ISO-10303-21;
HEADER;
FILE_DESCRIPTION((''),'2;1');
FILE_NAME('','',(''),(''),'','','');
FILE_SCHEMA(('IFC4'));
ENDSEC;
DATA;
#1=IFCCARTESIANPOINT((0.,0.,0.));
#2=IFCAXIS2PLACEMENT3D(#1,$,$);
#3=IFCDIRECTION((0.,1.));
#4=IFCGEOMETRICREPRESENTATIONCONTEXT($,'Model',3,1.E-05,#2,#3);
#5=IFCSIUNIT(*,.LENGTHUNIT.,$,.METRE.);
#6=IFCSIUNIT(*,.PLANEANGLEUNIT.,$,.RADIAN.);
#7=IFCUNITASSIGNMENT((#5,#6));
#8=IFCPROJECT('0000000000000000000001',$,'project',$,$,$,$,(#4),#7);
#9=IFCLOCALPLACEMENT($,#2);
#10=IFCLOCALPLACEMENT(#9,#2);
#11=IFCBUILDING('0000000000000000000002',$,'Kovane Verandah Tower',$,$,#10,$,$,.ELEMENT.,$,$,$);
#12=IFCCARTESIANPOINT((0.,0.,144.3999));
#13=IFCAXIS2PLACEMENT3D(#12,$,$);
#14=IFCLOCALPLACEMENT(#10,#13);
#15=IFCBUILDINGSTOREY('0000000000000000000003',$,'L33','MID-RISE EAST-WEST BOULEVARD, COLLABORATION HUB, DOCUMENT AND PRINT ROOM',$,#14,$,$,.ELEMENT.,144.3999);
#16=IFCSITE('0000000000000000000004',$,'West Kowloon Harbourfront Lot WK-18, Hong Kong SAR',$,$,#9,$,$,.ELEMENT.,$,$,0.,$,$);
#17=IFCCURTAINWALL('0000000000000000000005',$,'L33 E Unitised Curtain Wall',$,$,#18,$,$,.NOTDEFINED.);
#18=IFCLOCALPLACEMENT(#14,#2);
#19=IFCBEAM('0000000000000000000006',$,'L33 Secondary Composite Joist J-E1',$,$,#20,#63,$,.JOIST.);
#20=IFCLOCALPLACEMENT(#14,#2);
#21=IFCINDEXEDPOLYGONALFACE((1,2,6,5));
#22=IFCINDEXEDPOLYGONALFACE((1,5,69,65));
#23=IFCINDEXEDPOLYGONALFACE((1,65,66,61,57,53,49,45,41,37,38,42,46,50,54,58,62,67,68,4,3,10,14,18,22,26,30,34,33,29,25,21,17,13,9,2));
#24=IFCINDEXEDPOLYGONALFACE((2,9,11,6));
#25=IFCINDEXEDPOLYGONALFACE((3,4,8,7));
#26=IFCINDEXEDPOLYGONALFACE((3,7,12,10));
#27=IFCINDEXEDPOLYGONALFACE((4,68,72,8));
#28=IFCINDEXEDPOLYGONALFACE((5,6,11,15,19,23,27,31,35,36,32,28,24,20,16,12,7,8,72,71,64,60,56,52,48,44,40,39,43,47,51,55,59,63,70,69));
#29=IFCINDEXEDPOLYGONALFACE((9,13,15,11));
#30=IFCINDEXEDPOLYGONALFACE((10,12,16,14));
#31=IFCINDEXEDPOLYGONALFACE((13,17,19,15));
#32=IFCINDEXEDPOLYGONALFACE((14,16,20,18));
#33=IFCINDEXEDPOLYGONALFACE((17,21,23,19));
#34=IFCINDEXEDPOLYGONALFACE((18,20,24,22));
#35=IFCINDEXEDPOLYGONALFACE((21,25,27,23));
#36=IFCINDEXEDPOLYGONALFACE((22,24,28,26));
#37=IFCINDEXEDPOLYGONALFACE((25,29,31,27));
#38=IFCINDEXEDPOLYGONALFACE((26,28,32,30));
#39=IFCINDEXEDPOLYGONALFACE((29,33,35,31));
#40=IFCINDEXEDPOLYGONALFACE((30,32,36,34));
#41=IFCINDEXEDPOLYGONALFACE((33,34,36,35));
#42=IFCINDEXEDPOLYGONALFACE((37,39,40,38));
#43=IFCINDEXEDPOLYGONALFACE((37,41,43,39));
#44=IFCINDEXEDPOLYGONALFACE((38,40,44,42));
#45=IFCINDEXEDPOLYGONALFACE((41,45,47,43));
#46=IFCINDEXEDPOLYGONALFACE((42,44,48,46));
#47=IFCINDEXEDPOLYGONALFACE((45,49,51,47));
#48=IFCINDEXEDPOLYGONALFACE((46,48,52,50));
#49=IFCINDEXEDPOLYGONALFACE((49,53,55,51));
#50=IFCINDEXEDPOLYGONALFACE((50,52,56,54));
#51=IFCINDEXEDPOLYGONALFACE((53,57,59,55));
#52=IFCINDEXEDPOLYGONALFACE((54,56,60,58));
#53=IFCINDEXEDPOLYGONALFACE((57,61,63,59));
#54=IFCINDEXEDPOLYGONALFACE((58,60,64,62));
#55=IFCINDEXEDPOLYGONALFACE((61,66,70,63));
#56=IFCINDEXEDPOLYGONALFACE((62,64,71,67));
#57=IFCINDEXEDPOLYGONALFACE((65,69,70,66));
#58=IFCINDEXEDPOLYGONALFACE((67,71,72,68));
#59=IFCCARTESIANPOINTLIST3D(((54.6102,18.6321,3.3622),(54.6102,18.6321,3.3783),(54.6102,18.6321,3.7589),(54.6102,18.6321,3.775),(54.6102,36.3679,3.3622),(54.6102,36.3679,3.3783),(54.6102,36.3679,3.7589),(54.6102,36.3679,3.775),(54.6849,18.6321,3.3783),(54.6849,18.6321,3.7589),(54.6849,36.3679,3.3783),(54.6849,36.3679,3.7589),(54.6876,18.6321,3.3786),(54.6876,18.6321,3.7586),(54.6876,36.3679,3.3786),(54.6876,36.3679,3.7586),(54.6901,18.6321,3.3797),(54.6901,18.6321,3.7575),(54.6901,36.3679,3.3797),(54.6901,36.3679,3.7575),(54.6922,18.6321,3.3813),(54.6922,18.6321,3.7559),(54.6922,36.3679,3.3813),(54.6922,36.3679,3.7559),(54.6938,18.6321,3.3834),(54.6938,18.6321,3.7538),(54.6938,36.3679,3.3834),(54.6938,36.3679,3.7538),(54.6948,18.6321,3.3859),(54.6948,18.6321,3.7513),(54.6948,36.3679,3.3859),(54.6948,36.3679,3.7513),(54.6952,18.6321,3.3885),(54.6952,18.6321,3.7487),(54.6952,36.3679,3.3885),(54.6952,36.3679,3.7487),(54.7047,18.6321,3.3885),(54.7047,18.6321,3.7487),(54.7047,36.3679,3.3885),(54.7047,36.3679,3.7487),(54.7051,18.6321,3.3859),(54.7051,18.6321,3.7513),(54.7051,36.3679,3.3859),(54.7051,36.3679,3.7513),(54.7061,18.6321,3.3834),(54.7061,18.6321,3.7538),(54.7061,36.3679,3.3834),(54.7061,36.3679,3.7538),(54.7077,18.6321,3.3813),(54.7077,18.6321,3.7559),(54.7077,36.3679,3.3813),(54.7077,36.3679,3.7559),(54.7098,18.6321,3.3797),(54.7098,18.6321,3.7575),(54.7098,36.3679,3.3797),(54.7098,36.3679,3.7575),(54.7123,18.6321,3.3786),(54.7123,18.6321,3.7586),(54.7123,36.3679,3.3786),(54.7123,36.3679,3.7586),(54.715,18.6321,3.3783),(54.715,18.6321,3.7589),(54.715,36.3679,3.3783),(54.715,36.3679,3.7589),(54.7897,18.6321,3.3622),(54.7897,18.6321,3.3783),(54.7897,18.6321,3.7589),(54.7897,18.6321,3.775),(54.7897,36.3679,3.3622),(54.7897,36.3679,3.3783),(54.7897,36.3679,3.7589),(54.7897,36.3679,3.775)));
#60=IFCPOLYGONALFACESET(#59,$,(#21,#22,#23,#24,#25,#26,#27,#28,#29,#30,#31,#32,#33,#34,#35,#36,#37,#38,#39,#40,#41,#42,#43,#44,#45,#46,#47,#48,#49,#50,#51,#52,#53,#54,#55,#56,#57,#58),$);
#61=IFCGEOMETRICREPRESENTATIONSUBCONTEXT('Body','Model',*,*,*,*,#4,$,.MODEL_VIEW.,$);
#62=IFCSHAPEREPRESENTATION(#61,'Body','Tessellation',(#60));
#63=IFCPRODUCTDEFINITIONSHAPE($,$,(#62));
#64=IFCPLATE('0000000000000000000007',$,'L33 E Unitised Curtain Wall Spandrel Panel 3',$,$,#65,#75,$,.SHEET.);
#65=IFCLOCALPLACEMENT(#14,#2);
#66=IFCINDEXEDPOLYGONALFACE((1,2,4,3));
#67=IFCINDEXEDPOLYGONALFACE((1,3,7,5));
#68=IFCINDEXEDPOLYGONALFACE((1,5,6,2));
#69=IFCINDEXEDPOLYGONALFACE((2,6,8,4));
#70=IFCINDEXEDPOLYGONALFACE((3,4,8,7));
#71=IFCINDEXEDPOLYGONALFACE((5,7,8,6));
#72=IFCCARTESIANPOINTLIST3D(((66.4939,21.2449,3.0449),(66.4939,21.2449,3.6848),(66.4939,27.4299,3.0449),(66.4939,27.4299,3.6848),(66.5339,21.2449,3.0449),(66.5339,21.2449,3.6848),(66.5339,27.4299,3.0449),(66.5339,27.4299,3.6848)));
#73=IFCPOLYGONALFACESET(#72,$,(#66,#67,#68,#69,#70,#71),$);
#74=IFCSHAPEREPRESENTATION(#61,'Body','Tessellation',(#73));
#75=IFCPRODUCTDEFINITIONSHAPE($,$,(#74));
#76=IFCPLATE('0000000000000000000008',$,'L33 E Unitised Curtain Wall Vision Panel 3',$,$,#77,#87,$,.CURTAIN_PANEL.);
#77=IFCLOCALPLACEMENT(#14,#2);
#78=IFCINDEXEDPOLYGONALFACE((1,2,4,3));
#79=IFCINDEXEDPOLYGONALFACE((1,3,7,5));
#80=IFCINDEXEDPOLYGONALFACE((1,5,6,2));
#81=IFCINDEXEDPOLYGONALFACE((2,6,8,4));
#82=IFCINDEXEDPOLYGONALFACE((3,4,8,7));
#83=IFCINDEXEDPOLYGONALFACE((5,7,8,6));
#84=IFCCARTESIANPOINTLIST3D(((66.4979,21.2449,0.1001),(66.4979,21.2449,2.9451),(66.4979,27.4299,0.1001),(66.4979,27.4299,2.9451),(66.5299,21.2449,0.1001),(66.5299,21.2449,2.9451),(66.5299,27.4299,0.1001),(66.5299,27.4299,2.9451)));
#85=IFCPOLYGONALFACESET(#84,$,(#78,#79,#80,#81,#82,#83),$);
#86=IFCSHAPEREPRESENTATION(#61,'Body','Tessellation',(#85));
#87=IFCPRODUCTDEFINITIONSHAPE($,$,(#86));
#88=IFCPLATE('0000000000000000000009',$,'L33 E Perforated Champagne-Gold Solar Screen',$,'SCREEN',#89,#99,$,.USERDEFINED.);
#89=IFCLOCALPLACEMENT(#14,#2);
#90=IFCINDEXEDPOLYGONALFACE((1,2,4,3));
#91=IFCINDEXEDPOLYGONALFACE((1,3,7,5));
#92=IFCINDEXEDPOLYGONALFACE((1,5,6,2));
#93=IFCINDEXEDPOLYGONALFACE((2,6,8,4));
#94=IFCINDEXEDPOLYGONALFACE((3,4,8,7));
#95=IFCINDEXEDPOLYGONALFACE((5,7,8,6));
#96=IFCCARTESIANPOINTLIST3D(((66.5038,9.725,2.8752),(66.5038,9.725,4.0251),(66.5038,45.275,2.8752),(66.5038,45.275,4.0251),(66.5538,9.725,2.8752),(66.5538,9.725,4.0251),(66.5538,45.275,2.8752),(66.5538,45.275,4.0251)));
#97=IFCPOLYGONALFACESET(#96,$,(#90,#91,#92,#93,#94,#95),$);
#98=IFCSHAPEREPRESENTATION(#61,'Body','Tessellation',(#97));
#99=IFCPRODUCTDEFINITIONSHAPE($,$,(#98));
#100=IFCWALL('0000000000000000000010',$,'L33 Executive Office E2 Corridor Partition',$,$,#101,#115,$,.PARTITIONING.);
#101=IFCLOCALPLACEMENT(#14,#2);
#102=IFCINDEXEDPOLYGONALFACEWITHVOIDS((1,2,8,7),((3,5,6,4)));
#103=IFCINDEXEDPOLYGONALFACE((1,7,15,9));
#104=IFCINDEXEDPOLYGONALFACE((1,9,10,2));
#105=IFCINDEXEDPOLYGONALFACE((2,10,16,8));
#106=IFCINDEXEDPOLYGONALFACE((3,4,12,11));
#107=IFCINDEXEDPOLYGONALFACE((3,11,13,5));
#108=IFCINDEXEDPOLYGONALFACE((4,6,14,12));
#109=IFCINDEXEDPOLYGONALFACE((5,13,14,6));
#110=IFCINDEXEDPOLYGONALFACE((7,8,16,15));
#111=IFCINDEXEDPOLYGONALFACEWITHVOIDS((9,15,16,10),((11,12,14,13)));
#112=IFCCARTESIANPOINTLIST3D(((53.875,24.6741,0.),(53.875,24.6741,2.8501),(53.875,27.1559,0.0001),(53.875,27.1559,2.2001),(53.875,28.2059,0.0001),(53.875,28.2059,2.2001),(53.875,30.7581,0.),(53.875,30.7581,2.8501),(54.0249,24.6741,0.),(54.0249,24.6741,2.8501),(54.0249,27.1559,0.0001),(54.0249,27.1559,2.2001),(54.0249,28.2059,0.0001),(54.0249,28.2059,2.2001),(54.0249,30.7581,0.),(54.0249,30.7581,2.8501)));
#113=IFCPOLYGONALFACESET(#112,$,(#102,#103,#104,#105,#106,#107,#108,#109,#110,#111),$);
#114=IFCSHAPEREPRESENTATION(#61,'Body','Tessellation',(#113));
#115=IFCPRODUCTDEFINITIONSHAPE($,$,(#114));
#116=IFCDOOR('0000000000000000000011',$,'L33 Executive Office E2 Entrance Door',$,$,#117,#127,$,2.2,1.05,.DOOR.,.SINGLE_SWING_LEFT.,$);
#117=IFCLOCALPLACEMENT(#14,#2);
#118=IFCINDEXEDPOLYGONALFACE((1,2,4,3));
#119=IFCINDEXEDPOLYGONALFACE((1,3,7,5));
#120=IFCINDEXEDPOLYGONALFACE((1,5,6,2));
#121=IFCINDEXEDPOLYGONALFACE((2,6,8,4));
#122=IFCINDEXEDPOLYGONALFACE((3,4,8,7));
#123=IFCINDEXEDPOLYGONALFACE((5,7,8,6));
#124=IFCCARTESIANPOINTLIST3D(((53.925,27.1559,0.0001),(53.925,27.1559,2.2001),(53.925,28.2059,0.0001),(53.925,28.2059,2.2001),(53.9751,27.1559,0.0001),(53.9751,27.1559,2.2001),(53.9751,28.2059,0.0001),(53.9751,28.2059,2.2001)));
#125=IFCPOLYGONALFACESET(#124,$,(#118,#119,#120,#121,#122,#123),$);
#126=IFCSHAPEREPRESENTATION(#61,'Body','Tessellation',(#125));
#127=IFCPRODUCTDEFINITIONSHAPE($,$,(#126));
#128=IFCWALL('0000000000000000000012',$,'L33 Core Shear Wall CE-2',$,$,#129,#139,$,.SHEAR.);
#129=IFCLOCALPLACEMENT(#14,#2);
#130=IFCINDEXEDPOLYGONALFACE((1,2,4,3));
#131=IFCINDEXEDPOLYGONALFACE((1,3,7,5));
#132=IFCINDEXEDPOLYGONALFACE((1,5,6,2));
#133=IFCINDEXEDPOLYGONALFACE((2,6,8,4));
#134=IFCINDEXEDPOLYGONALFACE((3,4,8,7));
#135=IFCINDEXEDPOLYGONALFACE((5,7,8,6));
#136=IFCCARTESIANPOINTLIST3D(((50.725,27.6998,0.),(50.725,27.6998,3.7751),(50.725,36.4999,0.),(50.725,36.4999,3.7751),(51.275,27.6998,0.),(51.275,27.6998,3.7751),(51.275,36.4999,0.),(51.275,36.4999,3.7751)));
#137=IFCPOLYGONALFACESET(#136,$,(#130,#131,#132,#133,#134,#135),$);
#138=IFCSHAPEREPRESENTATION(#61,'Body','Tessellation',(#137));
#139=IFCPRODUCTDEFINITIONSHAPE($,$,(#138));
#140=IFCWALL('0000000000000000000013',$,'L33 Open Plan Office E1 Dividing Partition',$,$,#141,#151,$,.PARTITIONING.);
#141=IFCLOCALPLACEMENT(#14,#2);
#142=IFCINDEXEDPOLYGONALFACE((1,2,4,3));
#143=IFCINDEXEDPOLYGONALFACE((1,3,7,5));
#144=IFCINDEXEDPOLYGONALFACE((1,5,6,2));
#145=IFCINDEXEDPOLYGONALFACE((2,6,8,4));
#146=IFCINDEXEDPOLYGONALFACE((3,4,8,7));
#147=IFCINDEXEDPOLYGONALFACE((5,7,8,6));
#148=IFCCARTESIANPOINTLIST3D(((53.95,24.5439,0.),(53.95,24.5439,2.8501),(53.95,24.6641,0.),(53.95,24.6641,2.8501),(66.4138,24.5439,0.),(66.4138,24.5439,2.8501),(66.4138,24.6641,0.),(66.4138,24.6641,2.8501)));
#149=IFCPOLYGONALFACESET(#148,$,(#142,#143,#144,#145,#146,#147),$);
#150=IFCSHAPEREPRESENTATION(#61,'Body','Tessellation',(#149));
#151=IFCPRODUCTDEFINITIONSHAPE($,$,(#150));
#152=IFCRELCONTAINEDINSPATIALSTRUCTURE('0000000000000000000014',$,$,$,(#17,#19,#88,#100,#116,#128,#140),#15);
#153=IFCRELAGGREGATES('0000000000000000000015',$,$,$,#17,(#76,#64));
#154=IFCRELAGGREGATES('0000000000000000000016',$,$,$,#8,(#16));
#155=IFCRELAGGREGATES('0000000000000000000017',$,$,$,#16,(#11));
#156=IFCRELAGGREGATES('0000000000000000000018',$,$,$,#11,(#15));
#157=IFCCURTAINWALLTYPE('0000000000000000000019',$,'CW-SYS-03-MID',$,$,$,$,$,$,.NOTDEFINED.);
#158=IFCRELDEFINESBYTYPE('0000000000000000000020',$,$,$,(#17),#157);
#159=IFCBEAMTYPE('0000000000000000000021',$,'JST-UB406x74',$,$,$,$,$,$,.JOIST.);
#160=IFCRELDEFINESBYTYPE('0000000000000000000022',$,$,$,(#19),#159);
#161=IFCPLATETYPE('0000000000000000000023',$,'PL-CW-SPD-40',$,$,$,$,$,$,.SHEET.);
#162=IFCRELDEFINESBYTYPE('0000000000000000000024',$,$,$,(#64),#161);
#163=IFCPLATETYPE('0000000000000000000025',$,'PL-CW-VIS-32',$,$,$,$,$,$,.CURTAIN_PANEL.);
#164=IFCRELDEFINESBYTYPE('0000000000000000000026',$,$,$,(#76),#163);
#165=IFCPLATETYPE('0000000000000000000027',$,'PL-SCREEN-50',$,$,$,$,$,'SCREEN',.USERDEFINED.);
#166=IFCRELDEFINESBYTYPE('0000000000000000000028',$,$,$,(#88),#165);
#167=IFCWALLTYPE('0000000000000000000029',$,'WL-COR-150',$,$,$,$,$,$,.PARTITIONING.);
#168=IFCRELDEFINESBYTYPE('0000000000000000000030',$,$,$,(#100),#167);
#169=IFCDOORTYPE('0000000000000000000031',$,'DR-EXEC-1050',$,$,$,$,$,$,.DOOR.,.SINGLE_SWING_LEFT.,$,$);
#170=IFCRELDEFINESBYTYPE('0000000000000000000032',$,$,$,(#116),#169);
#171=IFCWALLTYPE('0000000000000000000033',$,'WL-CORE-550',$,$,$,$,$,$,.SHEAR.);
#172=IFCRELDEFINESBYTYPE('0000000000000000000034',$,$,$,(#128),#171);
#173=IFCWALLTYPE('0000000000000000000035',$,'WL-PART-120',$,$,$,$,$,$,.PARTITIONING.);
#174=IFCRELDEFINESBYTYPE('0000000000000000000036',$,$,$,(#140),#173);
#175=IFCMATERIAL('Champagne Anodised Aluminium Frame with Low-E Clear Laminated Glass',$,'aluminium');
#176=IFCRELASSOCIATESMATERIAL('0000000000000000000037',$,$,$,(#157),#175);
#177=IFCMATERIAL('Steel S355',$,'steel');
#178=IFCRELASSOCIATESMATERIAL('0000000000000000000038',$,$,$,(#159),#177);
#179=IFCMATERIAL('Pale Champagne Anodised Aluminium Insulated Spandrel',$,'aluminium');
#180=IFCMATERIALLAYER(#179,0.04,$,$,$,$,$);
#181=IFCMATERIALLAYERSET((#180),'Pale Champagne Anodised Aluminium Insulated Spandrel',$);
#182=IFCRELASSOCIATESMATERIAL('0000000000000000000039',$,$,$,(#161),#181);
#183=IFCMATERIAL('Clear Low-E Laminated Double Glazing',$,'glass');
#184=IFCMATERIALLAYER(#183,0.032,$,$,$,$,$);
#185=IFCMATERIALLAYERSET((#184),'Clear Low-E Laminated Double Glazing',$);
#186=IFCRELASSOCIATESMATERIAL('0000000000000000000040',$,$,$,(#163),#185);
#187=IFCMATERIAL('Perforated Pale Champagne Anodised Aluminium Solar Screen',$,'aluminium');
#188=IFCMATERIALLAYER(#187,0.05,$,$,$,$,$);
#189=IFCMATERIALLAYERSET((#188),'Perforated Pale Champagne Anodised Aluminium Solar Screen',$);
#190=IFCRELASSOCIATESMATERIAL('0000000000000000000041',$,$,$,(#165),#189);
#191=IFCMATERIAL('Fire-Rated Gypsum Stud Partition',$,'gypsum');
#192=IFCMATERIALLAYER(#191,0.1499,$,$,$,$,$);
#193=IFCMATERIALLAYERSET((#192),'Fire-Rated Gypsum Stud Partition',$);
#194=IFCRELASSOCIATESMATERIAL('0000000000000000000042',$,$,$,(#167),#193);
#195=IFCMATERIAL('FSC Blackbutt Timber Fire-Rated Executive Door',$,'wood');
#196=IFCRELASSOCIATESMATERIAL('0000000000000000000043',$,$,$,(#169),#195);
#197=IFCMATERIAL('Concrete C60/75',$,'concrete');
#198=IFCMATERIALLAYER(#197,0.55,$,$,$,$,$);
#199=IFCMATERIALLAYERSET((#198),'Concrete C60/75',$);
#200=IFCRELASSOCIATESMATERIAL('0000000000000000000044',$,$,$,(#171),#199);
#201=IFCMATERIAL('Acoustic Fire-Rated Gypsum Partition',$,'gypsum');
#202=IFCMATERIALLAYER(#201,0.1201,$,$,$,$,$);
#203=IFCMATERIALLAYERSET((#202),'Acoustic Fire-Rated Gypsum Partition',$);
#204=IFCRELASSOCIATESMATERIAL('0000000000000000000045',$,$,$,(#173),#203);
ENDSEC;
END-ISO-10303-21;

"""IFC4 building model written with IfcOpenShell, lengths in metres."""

from ifc_helpers import new_model, si_unit, direction, frame, frame_2d, origin, origin_2d, place, context, subcontext, project, spatial, rectangle, i_section, extrude, material, layer, layer_set, material_profile, profile_set, type_object, element, fill, aggregate, save


model = new_model("IFC4")

# Units and contexts
model_context = context("Model", 3, precision=1e-05, world=origin(), true_north=direction((0.0, 1.0)))
body_context = subcontext(model_context, "Body", "Model", "MODEL_VIEW")
ifc_project = project(units=[si_unit("LENGTHUNIT", "METRE"), si_unit("PLANEANGLEUNIT", "RADIAN")], contexts=[model_context])

# Site, building, storey
site_placement = place(None, origin())
site = spatial("IfcSite", under=ifc_project, at=site_placement, Name="West Kowloon Harbourfront Lot WK-18, Hong Kong SAR", CompositionType="ELEMENT", RefElevation=0.0)
building_placement = place(site_placement, origin())
building = spatial("IfcBuilding", under=site, at=building_placement, Name="Kovane Verandah Tower", CompositionType="ELEMENT")
storey_placement = place(building_placement, frame((0.0, 0.0, 144.3999)))
storey = spatial("IfcBuildingStorey", under=building, at=storey_placement, Name="L33", Description="MID-RISE EAST-WEST BOULEVARD, COLLABORATION HUB, DOCUMENT AND PRINT ROOM", CompositionType="ELEMENT", Elevation=144.3999)

# Shared definitions
ifc_material_1 = material(Name="Steel S355", Category="steel")

# Curtain wall
ifc_material_2 = material(Name="Champagne Anodised Aluminium Frame with Low-E Clear Laminated Glass", Category="aluminium")
curtain_wall_type = type_object("IfcCurtainWallType", Name="CW-SYS-03-MID", PredefinedType="NOTDEFINED", material=ifc_material_2)
curtain_wall_placement = place(storey_placement, origin())
curtain_wall = element("IfcCurtainWall", 1, at=curtain_wall_placement, inside=storey, type_object=curtain_wall_type, Name="L33 E Unitised Curtain Wall", PredefinedType="NOTDEFINED")

# Beam
ifc_material_profile_1 = material_profile(ifc_material_1, i_section(OverallWidth=0.1794, OverallDepth=0.4128, WebThickness=0.0095, FlangeThickness=0.0161, FilletRadius=0.0103, at=origin_2d()), Name="UB406x178x74")
ifc_profile_set_1 = profile_set([ifc_material_profile_1], Name="Steel S355")
beam_type_1 = type_object("IfcBeamType", Name="JST-UB406x74", PredefinedType="JOIST", material=ifc_profile_set_1)
beam_1_placement = place(storey_placement, frame((54.7, 18.6321, 3.5686), z_axis=(0.0, 1.0, 0.0), x_axis=(-1.0, 0.0, 0.0)))
element("IfcBeam", 2, at=beam_1_placement, inside=storey, type_object=beam_type_1, Name="L33 Secondary Composite Joist J-E1", PredefinedType="JOIST", context=body_context, shape_type="SweptSolid", body=[
    extrude(i_section(OverallWidth=0.1794, OverallDepth=0.4128, WebThickness=0.0095, FlangeThickness=0.0161, FilletRadius=0.0103, at=origin_2d()), origin(), (0.0, 0.0, 1.0), 17.7358),
])

# Plates
ifc_material_3 = material(Name="Pale Champagne Anodised Aluminium Insulated Spandrel", Category="aluminium")
ifc_layer_1 = layer(ifc_material_3, 0.04)
ifc_layer_set_1 = layer_set([ifc_layer_1], Name="Pale Champagne Anodised Aluminium Insulated Spandrel")
plate_type_1 = type_object("IfcPlateType", Name="PL-CW-SPD-40", PredefinedType="SHEET", material=ifc_layer_set_1)
plate_1_placement = place(storey_placement, frame((66.5139, 24.3374, 3.0449), z_axis=(0.0, 0.0, 1.0), x_axis=(0.0, 1.0, 0.0)))
plate_1 = element("IfcPlate", 3, at=plate_1_placement, type_object=plate_type_1, Name="L33 E Unitised Curtain Wall Spandrel Panel 3", PredefinedType="SHEET", context=body_context, shape_type="SweptSolid", body=[
    extrude(rectangle(XDim=6.1851, YDim=0.04, at=origin_2d()), origin(), (0.0, 0.0, 1.0), 0.6399),
])
ifc_material_4 = material(Name="Clear Low-E Laminated Double Glazing", Category="glass")
ifc_layer_2 = layer(ifc_material_4, 0.032)
ifc_layer_set_2 = layer_set([ifc_layer_2], Name="Clear Low-E Laminated Double Glazing")
plate_type_2 = type_object("IfcPlateType", Name="PL-CW-VIS-32", PredefinedType="CURTAIN_PANEL", material=ifc_layer_set_2)
plate_2_placement = place(storey_placement, frame((66.5139, 24.3374, 0.1001), z_axis=(0.0, 0.0, 1.0), x_axis=(0.0, 1.0, 0.0)))
plate_2 = element("IfcPlate", 4, at=plate_2_placement, type_object=plate_type_2, Name="L33 E Unitised Curtain Wall Vision Panel 3", PredefinedType="CURTAIN_PANEL", context=body_context, shape_type="SweptSolid", body=[
    extrude(rectangle(XDim=6.1851, YDim=0.032, at=origin_2d()), origin(), (0.0, 0.0, 1.0), 2.845),
])
aggregate(curtain_wall, [plate_2, plate_1])
ifc_material_5 = material(Name="Perforated Pale Champagne Anodised Aluminium Solar Screen", Category="aluminium")
ifc_layer_3 = layer(ifc_material_5, 0.05)
ifc_layer_set_3 = layer_set([ifc_layer_3], Name="Perforated Pale Champagne Anodised Aluminium Solar Screen")
plate_type_3 = type_object("IfcPlateType", Name="PL-SCREEN-50", ElementType="SCREEN", PredefinedType="USERDEFINED", material=ifc_layer_set_3)
plate_3_placement = place(storey_placement, frame((66.5288, 27.5, 2.8752), z_axis=(0.0, 0.0, 1.0), x_axis=(0.0, 1.0, 0.0)))
element("IfcPlate", 5, at=plate_3_placement, inside=storey, type_object=plate_type_3, Name="L33 E Perforated Champagne-Gold Solar Screen", ObjectType="SCREEN", PredefinedType="USERDEFINED", context=body_context, shape_type="SweptSolid", body=[
    extrude(rectangle(XDim=35.55, YDim=0.05, at=origin_2d()), origin(), (0.0, 0.0, 1.0), 1.1499),
])

# Wall, opening, door
ifc_material_6 = material(Name="Fire-Rated Gypsum Stud Partition", Category="gypsum")
ifc_layer_4 = layer(ifc_material_6, 0.1499)
ifc_layer_set_4 = layer_set([ifc_layer_4], Name="Fire-Rated Gypsum Stud Partition")
wall_type_1 = type_object("IfcWallType", Name="WL-COR-150", PredefinedType="PARTITIONING", material=ifc_layer_set_4)
wall_1_placement = place(storey_placement, frame((53.95, 24.6741, 0.0), z_axis=(0.0, 0.0, 1.0), x_axis=(0.0, 1.0, 0.0)))
wall_1 = element("IfcWall", 6, at=wall_1_placement, inside=storey, type_object=wall_type_1, Name="L33 Executive Office E2 Corridor Partition", PredefinedType="PARTITIONING", context=body_context, shape_type="SweptSolid", body=[
    extrude(rectangle(XDim=6.084, YDim=0.1499, at=frame_2d((3.042, 0.0))), origin(), (0.0, 0.0, 1.0), 2.8501),
])
opening_placement = place(wall_1_placement, frame((2.4819, 0.0, 0.0)))
opening = element("IfcOpeningElement", 7, at=opening_placement, cuts=wall_1, PredefinedType="OPENING", context=body_context, shape_type="SweptSolid", body=[
    extrude(rectangle(XDim=1.05, YDim=2.2, at=frame_2d((0.5249, 1.1001))), frame((0.0, 0.075, 0.0), z_axis=(0.0, -1.0, 0.0), x_axis=(1.0, 0.0, 0.0)), (0.0, 0.0, 1.0), 0.1499),
])
ifc_material_7 = material(Name="FSC Blackbutt Timber Fire-Rated Executive Door", Category="wood")
door_type = type_object("IfcDoorType", Name="DR-EXEC-1050", OperationType="SINGLE_SWING_LEFT", PredefinedType="DOOR", material=ifc_material_7)
door_placement = place(opening_placement, origin())
door = element("IfcDoor", 8, at=door_placement, inside=storey, type_object=door_type, Name="L33 Executive Office E2 Entrance Door", OperationType="SINGLE_SWING_LEFT", OverallHeight=2.2, OverallWidth=1.05, PredefinedType="DOOR", context=body_context, shape_type="SweptSolid", body=[
    extrude(rectangle(XDim=1.05, YDim=2.2, at=frame_2d((0.5249, 1.1001))), frame((0.0, 0.0249, 0.0), z_axis=(0.0, -1.0, 0.0), x_axis=(1.0, 0.0, 0.0)), (0.0, 0.0, 1.0), 0.05),
])
fill(opening, door)

# Walls
ifc_material_8 = material(Name="Concrete C60/75", Category="concrete")
ifc_layer_5 = layer(ifc_material_8, 0.55)
ifc_layer_set_5 = layer_set([ifc_layer_5], Name="Concrete C60/75")
wall_type_2 = type_object("IfcWallType", Name="WL-CORE-550", PredefinedType="SHEAR", material=ifc_layer_set_5)
wall_2_placement = place(storey_placement, frame((51.0, 27.7, 0.0), z_axis=(0.0, 0.0, 1.0), x_axis=(0.0, 1.0, 0.0)))
element("IfcWall", 9, at=wall_2_placement, inside=storey, type_object=wall_type_2, Name="L33 Core Shear Wall CE-2", PredefinedType="SHEAR", context=body_context, shape_type="SweptSolid", body=[
    extrude(rectangle(XDim=8.8, YDim=0.55, at=frame_2d((4.3999, 0.0))), origin(), (0.0, 0.0, 1.0), 3.7751),
])
ifc_material_9 = material(Name="Acoustic Fire-Rated Gypsum Partition", Category="gypsum")
ifc_layer_6 = layer(ifc_material_9, 0.1201)
ifc_layer_set_6 = layer_set([ifc_layer_6], Name="Acoustic Fire-Rated Gypsum Partition")
wall_type_3 = type_object("IfcWallType", Name="WL-PART-120", PredefinedType="PARTITIONING", material=ifc_layer_set_6)
wall_3_placement = place(storey_placement, frame((53.95, 24.604, 0.0), z_axis=(0.0, 0.0, 1.0), x_axis=(1.0, 0.0, 0.0)))
element("IfcWall", 10, at=wall_3_placement, inside=storey, type_object=wall_type_3, Name="L33 Open Plan Office E1 Dividing Partition", PredefinedType="PARTITIONING", context=body_context, shape_type="SweptSolid", body=[
    extrude(rectangle(XDim=12.4639, YDim=0.1201, at=frame_2d((6.2319, 0.0))), origin(), (0.0, 0.0, 1.0), 2.8501),
])

save(model, "model.ifc")
